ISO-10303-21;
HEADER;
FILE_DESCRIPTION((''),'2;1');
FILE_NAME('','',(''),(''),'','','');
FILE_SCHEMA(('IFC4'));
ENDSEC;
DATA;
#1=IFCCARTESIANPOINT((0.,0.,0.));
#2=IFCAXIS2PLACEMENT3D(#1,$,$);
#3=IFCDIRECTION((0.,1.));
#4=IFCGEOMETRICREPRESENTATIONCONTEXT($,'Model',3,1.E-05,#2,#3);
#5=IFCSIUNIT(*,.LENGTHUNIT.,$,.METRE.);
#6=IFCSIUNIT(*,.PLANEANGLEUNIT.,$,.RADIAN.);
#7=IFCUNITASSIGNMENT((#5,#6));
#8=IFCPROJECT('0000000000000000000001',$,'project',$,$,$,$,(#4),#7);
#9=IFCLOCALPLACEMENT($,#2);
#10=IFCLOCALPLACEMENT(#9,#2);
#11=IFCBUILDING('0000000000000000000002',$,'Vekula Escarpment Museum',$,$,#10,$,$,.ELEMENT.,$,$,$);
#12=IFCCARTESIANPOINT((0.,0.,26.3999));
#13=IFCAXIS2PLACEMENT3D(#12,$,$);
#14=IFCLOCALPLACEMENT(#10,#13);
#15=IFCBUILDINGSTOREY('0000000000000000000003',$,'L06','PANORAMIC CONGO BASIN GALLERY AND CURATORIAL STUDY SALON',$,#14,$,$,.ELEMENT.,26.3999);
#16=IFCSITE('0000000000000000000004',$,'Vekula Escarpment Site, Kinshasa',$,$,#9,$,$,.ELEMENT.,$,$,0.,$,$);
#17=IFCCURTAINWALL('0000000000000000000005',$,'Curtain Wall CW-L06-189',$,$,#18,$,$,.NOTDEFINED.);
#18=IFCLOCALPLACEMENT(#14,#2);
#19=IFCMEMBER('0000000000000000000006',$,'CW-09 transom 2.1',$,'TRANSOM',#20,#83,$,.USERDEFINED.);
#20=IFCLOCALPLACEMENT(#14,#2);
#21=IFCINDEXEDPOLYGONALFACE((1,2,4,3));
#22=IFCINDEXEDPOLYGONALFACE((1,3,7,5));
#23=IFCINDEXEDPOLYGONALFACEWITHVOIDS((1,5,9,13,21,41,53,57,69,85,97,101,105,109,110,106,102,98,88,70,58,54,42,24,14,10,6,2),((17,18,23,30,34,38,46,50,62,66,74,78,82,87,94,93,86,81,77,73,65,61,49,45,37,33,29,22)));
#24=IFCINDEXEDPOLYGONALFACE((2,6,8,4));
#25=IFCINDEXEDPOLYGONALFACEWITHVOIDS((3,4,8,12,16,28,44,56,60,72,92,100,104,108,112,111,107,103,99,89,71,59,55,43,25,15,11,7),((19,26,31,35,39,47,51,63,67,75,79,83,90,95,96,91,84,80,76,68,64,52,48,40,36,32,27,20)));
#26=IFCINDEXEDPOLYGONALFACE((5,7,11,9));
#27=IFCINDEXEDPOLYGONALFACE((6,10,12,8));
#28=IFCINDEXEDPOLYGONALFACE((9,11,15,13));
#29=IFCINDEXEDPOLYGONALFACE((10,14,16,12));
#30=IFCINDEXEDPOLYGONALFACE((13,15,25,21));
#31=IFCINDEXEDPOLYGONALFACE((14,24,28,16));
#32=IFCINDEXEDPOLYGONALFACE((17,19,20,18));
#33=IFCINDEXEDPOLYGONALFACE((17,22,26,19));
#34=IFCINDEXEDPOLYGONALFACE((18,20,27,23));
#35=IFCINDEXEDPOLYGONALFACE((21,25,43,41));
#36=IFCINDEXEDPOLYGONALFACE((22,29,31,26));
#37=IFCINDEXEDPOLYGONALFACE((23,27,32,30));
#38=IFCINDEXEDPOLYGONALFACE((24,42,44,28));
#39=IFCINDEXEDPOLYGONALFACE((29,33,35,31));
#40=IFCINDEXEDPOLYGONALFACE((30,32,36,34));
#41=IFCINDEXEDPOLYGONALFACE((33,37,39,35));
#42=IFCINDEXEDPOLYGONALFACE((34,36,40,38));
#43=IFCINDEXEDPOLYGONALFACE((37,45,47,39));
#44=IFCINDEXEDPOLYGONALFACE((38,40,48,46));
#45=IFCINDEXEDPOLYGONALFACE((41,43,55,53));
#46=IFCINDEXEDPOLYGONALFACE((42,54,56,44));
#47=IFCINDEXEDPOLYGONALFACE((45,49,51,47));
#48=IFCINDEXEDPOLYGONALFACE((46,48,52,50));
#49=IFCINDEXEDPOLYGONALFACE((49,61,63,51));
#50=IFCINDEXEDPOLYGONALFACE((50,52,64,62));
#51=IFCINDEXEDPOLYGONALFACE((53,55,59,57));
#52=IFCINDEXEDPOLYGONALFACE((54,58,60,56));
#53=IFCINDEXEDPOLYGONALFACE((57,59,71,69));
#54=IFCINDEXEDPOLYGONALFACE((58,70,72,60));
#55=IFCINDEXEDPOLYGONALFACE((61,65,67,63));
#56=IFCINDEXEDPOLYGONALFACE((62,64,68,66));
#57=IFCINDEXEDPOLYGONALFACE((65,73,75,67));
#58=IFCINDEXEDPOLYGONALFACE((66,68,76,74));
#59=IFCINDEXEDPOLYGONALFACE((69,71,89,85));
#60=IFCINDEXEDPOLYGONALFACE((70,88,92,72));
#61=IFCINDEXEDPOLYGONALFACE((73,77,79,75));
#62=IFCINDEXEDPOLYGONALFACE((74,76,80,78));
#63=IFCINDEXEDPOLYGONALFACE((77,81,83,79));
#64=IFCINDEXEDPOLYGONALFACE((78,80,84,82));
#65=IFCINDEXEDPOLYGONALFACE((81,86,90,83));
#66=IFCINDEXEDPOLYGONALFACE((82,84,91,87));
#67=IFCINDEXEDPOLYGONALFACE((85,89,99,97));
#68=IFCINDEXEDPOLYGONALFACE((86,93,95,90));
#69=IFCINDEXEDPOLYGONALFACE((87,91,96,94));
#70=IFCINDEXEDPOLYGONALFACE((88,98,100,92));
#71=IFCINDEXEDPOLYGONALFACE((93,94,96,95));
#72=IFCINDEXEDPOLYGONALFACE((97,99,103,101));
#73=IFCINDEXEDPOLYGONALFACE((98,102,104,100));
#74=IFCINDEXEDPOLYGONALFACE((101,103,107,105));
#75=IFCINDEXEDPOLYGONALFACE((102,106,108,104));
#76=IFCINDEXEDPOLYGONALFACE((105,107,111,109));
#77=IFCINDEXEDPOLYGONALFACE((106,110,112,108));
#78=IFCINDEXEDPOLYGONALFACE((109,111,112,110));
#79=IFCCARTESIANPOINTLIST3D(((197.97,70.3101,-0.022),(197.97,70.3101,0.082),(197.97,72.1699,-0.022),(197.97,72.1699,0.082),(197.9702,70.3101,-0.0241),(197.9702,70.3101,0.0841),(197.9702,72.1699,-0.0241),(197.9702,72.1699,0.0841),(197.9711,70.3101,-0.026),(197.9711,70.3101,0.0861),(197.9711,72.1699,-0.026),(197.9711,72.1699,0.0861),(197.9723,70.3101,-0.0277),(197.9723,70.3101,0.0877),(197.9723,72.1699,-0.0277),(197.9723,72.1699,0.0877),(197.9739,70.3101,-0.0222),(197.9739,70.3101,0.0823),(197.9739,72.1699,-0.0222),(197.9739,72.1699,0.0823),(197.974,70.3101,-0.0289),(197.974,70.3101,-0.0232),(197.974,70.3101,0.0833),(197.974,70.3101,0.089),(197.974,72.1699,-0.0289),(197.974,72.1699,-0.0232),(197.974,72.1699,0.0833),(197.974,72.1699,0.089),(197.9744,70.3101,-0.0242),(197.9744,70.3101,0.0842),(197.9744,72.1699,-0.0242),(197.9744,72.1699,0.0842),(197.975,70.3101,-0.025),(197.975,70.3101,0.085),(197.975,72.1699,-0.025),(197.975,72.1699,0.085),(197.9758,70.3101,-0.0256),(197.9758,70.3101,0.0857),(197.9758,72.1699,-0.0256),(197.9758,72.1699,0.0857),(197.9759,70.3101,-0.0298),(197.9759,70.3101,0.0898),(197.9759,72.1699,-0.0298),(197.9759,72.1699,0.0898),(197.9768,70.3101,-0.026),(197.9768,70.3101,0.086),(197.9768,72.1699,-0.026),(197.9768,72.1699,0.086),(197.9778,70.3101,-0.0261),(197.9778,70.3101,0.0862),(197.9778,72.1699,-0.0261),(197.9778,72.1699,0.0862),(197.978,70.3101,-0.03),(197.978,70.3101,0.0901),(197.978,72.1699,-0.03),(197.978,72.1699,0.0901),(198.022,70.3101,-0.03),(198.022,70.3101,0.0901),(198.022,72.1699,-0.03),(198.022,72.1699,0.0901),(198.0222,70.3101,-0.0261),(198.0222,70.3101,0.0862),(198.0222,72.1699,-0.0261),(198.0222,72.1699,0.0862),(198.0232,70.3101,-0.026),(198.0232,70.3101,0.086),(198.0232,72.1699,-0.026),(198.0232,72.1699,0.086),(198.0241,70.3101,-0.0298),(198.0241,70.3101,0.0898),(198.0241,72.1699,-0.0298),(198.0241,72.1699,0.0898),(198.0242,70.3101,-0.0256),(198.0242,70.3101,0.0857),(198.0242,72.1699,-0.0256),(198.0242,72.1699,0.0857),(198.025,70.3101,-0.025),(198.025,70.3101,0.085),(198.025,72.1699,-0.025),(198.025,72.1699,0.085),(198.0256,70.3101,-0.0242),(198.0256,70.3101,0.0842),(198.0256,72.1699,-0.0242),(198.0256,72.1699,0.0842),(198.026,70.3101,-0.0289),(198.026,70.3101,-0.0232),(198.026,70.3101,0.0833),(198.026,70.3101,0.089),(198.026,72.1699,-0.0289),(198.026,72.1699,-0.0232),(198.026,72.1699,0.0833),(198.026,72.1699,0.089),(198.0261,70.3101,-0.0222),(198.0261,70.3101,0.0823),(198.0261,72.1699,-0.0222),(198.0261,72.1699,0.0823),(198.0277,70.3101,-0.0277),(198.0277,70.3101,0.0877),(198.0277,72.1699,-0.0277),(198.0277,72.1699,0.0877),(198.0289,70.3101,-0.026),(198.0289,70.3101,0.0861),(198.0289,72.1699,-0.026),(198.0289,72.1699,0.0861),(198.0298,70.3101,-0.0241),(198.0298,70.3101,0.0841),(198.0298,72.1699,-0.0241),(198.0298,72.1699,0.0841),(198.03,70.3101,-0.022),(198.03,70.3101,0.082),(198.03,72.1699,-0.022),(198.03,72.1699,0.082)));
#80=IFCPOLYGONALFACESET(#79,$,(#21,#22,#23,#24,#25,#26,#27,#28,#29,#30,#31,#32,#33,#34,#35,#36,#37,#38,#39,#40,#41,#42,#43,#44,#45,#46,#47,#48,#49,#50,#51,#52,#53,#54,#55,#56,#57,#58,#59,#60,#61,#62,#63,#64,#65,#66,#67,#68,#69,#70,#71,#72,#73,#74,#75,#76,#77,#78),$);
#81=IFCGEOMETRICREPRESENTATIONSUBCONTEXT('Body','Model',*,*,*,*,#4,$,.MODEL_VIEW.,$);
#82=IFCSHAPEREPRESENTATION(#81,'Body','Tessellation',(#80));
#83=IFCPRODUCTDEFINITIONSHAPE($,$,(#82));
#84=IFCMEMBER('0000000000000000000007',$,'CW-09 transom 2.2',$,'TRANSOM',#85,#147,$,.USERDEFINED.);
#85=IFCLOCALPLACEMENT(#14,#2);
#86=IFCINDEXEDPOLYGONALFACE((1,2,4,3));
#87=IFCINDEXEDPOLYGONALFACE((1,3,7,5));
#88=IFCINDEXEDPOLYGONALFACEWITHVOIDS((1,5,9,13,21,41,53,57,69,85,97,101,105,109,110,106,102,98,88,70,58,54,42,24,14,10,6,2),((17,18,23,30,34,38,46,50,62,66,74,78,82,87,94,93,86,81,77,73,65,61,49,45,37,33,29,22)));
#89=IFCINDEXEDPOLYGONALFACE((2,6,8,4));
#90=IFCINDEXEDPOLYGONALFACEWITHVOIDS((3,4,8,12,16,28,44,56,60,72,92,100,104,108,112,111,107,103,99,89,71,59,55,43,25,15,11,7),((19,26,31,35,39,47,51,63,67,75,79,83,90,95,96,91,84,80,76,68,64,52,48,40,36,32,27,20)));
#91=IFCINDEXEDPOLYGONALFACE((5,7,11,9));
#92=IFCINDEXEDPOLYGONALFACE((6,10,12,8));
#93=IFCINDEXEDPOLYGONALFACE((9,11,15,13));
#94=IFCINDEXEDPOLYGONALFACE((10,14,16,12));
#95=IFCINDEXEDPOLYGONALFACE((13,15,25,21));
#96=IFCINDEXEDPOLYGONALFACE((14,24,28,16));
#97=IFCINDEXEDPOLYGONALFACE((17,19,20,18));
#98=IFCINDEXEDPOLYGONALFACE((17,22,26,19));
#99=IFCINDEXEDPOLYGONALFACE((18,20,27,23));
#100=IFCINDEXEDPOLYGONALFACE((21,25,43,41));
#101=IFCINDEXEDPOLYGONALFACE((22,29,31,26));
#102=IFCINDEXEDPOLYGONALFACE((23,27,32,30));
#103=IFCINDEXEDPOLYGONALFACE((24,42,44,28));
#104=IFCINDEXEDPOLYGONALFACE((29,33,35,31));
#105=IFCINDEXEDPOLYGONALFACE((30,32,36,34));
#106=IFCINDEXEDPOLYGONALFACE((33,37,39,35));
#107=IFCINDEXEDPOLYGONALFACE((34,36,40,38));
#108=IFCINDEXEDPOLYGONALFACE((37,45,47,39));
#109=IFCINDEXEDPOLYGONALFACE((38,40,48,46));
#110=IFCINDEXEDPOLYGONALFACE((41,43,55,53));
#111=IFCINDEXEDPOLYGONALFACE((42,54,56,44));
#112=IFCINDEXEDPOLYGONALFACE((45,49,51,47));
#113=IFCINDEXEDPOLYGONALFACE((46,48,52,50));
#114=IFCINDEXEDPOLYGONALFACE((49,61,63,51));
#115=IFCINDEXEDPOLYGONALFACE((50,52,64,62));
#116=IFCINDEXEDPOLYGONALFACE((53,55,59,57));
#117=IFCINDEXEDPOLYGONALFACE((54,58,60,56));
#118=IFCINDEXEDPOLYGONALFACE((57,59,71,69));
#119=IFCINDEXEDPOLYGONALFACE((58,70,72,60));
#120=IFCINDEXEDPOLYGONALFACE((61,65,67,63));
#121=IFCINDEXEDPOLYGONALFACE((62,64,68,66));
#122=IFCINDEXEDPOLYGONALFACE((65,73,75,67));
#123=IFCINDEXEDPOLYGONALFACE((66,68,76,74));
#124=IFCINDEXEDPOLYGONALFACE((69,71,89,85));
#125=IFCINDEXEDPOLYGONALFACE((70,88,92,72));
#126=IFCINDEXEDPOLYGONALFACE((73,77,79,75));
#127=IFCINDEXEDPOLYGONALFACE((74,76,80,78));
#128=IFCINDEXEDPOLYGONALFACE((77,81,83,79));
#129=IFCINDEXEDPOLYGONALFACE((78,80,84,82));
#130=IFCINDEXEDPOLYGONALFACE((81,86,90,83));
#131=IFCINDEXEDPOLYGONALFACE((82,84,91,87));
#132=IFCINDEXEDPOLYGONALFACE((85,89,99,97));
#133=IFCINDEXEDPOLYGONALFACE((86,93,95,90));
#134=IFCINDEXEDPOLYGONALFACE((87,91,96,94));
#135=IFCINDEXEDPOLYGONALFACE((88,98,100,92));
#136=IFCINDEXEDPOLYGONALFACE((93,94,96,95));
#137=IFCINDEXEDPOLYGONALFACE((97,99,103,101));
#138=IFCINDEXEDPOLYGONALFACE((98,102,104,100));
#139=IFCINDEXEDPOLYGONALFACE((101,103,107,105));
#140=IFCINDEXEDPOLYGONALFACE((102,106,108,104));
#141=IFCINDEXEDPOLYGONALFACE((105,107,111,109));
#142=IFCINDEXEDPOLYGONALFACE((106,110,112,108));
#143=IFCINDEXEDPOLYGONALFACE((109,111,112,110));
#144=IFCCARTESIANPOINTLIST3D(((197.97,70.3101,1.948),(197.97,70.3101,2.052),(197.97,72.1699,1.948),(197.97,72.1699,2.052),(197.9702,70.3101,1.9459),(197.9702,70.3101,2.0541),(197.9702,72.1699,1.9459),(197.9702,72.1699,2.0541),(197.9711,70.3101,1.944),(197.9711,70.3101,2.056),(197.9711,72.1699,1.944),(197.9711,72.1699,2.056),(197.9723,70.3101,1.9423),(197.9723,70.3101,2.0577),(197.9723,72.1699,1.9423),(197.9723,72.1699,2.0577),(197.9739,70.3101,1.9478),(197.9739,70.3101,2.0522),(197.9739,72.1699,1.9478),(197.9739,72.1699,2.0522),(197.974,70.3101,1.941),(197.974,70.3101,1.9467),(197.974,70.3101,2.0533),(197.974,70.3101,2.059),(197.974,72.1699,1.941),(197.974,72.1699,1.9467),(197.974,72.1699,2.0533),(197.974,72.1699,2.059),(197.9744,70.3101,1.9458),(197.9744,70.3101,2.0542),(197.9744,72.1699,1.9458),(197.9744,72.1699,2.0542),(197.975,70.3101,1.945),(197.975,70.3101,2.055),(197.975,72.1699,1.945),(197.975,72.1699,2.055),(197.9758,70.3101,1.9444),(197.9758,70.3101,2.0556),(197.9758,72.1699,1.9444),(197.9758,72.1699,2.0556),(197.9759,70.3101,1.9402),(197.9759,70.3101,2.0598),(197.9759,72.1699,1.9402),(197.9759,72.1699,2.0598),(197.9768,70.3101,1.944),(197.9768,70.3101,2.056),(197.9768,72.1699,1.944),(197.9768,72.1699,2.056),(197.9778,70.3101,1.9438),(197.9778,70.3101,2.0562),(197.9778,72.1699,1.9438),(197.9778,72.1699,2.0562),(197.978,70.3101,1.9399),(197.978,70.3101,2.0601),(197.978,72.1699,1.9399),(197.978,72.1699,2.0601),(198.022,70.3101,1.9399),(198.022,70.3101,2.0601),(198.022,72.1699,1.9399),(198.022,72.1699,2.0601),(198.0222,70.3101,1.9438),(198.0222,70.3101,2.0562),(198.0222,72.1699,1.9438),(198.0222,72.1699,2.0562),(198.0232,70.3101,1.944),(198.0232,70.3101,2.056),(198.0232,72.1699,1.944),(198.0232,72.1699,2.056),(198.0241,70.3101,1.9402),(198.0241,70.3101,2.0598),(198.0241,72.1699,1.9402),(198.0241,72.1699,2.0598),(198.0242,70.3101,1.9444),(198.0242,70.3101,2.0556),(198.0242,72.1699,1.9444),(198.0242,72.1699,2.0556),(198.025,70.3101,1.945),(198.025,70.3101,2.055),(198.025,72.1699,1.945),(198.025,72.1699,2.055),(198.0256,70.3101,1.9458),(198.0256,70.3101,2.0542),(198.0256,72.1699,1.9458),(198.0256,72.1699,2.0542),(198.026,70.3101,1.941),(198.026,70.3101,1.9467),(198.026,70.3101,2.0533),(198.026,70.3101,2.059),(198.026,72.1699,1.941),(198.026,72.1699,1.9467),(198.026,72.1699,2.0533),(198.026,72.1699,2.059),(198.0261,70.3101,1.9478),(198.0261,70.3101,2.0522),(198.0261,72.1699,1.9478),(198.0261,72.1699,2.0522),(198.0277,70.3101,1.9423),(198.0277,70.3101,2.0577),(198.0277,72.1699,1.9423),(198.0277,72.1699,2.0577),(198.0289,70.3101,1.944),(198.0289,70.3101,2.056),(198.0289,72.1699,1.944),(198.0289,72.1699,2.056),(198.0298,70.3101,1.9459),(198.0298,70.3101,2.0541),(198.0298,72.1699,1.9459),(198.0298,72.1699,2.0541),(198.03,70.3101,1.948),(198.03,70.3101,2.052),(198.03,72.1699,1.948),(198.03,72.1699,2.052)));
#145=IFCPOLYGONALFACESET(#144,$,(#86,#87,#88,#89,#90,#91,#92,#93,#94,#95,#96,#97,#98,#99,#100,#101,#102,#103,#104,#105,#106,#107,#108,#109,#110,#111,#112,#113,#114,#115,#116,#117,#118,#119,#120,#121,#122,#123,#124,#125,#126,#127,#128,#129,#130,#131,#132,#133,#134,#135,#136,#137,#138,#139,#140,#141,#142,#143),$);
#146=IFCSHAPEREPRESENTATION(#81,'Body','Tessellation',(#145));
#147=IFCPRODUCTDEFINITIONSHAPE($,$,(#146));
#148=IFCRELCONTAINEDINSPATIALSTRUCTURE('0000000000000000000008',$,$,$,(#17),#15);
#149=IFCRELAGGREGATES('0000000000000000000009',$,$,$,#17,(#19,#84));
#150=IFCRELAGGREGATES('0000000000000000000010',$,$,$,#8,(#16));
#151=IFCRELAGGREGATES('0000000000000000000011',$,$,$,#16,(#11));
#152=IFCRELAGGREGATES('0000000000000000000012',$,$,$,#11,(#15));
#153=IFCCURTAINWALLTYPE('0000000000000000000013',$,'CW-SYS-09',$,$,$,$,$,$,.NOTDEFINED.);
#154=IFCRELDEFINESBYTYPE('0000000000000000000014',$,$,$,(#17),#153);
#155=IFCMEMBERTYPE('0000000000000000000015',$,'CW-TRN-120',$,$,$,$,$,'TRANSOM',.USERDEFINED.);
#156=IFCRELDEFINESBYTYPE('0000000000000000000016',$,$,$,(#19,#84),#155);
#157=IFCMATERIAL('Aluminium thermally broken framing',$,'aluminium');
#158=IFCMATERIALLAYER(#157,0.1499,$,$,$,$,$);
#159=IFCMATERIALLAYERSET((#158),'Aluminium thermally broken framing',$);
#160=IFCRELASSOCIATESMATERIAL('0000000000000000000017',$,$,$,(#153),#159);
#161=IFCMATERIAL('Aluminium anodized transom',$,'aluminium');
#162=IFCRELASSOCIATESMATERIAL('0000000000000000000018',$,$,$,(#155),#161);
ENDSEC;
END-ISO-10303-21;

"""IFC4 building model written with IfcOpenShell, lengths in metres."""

from ifc_helpers import new_model, si_unit, direction, frame, origin, origin_2d, place, context, subcontext, project, spatial, hollow_rectangle, extrude, material, layer, layer_set, material_profile, profile_set, type_object, element, aggregate, save


model = new_model("IFC4")

# Units and contexts
model_context = context("Model", 3, precision=1e-05, world=origin(), true_north=direction((0.0, 1.0)))
body_context = subcontext(model_context, "Body", "Model", "MODEL_VIEW")
ifc_project = project(units=[si_unit("LENGTHUNIT", "METRE"), si_unit("PLANEANGLEUNIT", "RADIAN")], contexts=[model_context])

# Site, building, storey
site_placement = place(None, origin())
site = spatial("IfcSite", under=ifc_project, at=site_placement, Name="Vekula Escarpment Site, Kinshasa", CompositionType="ELEMENT", RefElevation=0.0)
building_placement = place(site_placement, origin())
building = spatial("IfcBuilding", under=site, at=building_placement, Name="Vekula Escarpment Museum", CompositionType="ELEMENT")
storey_placement = place(building_placement, frame((0.0, 0.0, 26.3999)))
storey = spatial("IfcBuildingStorey", under=building, at=storey_placement, Name="L06", Description="PANORAMIC CONGO BASIN GALLERY AND CURATORIAL STUDY SALON", CompositionType="ELEMENT", Elevation=26.3999)

# Curtain wall, members
ifc_material_1 = material(Name="Aluminium thermally broken framing", Category="aluminium")
ifc_layer_1 = layer(ifc_material_1, 0.1499)
ifc_layer_set_1 = layer_set([ifc_layer_1], Name="Aluminium thermally broken framing")
curtain_wall_type = type_object("IfcCurtainWallType", Name="CW-SYS-09", PredefinedType="NOTDEFINED", material=ifc_layer_set_1)
curtain_wall_placement = place(storey_placement, origin())
curtain_wall = element("IfcCurtainWall", 1, at=curtain_wall_placement, inside=storey, type_object=curtain_wall_type, Name="Curtain Wall CW-L06-189", PredefinedType="NOTDEFINED")
ifc_material_2 = material(Name="Aluminium anodized transom", Category="aluminium")
ifc_material_profile_1 = material_profile(ifc_material_2, hollow_rectangle(XDim=0.0601, YDim=0.1201, WallThickness=0.0039, InnerFilletRadius=0.0039, OuterFilletRadius=0.0081, at=origin_2d()), Name="ALU 120x60x4")
ifc_profile_set_1 = profile_set([ifc_material_profile_1], Name="Aluminium anodized transom")
member_type_1 = type_object("IfcMemberType", Name="CW-TRN-120", ElementType="TRANSOM", PredefinedType="USERDEFINED", material=ifc_profile_set_1)
member_1_placement = place(storey_placement, frame((198.0, 70.3101, 0.03), z_axis=(0.0, 1.0, 0.0), x_axis=(-1.0, 0.0, 0.0)))
member_1 = element("IfcMember", 2, at=member_1_placement, type_object=member_type_1, Name="CW-09 transom 2.1", ObjectType="TRANSOM", PredefinedType="USERDEFINED", context=body_context, shape_type="SweptSolid", body=[
    extrude(hollow_rectangle(XDim=0.0601, YDim=0.1201, WallThickness=0.0039, InnerFilletRadius=0.0039, OuterFilletRadius=0.0081, at=origin_2d()), origin(), (0.0, 0.0, 1.0), 1.8599),
])
member_2_placement = place(storey_placement, frame((198.0, 70.3101, 2.0), z_axis=(0.0, 1.0, 0.0), x_axis=(-1.0, 0.0, 0.0)))
member_2 = element("IfcMember", 3, at=member_2_placement, type_object=member_type_1, Name="CW-09 transom 2.2", ObjectType="TRANSOM", PredefinedType="USERDEFINED", context=body_context, shape_type="SweptSolid", body=[
    extrude(hollow_rectangle(XDim=0.0601, YDim=0.1201, WallThickness=0.0039, InnerFilletRadius=0.0039, OuterFilletRadius=0.0081, at=origin_2d()), origin(), (0.0, 0.0, 1.0), 1.8599),
])

aggregate(curtain_wall, [member_1, member_2])

save(model, "model.ifc")
